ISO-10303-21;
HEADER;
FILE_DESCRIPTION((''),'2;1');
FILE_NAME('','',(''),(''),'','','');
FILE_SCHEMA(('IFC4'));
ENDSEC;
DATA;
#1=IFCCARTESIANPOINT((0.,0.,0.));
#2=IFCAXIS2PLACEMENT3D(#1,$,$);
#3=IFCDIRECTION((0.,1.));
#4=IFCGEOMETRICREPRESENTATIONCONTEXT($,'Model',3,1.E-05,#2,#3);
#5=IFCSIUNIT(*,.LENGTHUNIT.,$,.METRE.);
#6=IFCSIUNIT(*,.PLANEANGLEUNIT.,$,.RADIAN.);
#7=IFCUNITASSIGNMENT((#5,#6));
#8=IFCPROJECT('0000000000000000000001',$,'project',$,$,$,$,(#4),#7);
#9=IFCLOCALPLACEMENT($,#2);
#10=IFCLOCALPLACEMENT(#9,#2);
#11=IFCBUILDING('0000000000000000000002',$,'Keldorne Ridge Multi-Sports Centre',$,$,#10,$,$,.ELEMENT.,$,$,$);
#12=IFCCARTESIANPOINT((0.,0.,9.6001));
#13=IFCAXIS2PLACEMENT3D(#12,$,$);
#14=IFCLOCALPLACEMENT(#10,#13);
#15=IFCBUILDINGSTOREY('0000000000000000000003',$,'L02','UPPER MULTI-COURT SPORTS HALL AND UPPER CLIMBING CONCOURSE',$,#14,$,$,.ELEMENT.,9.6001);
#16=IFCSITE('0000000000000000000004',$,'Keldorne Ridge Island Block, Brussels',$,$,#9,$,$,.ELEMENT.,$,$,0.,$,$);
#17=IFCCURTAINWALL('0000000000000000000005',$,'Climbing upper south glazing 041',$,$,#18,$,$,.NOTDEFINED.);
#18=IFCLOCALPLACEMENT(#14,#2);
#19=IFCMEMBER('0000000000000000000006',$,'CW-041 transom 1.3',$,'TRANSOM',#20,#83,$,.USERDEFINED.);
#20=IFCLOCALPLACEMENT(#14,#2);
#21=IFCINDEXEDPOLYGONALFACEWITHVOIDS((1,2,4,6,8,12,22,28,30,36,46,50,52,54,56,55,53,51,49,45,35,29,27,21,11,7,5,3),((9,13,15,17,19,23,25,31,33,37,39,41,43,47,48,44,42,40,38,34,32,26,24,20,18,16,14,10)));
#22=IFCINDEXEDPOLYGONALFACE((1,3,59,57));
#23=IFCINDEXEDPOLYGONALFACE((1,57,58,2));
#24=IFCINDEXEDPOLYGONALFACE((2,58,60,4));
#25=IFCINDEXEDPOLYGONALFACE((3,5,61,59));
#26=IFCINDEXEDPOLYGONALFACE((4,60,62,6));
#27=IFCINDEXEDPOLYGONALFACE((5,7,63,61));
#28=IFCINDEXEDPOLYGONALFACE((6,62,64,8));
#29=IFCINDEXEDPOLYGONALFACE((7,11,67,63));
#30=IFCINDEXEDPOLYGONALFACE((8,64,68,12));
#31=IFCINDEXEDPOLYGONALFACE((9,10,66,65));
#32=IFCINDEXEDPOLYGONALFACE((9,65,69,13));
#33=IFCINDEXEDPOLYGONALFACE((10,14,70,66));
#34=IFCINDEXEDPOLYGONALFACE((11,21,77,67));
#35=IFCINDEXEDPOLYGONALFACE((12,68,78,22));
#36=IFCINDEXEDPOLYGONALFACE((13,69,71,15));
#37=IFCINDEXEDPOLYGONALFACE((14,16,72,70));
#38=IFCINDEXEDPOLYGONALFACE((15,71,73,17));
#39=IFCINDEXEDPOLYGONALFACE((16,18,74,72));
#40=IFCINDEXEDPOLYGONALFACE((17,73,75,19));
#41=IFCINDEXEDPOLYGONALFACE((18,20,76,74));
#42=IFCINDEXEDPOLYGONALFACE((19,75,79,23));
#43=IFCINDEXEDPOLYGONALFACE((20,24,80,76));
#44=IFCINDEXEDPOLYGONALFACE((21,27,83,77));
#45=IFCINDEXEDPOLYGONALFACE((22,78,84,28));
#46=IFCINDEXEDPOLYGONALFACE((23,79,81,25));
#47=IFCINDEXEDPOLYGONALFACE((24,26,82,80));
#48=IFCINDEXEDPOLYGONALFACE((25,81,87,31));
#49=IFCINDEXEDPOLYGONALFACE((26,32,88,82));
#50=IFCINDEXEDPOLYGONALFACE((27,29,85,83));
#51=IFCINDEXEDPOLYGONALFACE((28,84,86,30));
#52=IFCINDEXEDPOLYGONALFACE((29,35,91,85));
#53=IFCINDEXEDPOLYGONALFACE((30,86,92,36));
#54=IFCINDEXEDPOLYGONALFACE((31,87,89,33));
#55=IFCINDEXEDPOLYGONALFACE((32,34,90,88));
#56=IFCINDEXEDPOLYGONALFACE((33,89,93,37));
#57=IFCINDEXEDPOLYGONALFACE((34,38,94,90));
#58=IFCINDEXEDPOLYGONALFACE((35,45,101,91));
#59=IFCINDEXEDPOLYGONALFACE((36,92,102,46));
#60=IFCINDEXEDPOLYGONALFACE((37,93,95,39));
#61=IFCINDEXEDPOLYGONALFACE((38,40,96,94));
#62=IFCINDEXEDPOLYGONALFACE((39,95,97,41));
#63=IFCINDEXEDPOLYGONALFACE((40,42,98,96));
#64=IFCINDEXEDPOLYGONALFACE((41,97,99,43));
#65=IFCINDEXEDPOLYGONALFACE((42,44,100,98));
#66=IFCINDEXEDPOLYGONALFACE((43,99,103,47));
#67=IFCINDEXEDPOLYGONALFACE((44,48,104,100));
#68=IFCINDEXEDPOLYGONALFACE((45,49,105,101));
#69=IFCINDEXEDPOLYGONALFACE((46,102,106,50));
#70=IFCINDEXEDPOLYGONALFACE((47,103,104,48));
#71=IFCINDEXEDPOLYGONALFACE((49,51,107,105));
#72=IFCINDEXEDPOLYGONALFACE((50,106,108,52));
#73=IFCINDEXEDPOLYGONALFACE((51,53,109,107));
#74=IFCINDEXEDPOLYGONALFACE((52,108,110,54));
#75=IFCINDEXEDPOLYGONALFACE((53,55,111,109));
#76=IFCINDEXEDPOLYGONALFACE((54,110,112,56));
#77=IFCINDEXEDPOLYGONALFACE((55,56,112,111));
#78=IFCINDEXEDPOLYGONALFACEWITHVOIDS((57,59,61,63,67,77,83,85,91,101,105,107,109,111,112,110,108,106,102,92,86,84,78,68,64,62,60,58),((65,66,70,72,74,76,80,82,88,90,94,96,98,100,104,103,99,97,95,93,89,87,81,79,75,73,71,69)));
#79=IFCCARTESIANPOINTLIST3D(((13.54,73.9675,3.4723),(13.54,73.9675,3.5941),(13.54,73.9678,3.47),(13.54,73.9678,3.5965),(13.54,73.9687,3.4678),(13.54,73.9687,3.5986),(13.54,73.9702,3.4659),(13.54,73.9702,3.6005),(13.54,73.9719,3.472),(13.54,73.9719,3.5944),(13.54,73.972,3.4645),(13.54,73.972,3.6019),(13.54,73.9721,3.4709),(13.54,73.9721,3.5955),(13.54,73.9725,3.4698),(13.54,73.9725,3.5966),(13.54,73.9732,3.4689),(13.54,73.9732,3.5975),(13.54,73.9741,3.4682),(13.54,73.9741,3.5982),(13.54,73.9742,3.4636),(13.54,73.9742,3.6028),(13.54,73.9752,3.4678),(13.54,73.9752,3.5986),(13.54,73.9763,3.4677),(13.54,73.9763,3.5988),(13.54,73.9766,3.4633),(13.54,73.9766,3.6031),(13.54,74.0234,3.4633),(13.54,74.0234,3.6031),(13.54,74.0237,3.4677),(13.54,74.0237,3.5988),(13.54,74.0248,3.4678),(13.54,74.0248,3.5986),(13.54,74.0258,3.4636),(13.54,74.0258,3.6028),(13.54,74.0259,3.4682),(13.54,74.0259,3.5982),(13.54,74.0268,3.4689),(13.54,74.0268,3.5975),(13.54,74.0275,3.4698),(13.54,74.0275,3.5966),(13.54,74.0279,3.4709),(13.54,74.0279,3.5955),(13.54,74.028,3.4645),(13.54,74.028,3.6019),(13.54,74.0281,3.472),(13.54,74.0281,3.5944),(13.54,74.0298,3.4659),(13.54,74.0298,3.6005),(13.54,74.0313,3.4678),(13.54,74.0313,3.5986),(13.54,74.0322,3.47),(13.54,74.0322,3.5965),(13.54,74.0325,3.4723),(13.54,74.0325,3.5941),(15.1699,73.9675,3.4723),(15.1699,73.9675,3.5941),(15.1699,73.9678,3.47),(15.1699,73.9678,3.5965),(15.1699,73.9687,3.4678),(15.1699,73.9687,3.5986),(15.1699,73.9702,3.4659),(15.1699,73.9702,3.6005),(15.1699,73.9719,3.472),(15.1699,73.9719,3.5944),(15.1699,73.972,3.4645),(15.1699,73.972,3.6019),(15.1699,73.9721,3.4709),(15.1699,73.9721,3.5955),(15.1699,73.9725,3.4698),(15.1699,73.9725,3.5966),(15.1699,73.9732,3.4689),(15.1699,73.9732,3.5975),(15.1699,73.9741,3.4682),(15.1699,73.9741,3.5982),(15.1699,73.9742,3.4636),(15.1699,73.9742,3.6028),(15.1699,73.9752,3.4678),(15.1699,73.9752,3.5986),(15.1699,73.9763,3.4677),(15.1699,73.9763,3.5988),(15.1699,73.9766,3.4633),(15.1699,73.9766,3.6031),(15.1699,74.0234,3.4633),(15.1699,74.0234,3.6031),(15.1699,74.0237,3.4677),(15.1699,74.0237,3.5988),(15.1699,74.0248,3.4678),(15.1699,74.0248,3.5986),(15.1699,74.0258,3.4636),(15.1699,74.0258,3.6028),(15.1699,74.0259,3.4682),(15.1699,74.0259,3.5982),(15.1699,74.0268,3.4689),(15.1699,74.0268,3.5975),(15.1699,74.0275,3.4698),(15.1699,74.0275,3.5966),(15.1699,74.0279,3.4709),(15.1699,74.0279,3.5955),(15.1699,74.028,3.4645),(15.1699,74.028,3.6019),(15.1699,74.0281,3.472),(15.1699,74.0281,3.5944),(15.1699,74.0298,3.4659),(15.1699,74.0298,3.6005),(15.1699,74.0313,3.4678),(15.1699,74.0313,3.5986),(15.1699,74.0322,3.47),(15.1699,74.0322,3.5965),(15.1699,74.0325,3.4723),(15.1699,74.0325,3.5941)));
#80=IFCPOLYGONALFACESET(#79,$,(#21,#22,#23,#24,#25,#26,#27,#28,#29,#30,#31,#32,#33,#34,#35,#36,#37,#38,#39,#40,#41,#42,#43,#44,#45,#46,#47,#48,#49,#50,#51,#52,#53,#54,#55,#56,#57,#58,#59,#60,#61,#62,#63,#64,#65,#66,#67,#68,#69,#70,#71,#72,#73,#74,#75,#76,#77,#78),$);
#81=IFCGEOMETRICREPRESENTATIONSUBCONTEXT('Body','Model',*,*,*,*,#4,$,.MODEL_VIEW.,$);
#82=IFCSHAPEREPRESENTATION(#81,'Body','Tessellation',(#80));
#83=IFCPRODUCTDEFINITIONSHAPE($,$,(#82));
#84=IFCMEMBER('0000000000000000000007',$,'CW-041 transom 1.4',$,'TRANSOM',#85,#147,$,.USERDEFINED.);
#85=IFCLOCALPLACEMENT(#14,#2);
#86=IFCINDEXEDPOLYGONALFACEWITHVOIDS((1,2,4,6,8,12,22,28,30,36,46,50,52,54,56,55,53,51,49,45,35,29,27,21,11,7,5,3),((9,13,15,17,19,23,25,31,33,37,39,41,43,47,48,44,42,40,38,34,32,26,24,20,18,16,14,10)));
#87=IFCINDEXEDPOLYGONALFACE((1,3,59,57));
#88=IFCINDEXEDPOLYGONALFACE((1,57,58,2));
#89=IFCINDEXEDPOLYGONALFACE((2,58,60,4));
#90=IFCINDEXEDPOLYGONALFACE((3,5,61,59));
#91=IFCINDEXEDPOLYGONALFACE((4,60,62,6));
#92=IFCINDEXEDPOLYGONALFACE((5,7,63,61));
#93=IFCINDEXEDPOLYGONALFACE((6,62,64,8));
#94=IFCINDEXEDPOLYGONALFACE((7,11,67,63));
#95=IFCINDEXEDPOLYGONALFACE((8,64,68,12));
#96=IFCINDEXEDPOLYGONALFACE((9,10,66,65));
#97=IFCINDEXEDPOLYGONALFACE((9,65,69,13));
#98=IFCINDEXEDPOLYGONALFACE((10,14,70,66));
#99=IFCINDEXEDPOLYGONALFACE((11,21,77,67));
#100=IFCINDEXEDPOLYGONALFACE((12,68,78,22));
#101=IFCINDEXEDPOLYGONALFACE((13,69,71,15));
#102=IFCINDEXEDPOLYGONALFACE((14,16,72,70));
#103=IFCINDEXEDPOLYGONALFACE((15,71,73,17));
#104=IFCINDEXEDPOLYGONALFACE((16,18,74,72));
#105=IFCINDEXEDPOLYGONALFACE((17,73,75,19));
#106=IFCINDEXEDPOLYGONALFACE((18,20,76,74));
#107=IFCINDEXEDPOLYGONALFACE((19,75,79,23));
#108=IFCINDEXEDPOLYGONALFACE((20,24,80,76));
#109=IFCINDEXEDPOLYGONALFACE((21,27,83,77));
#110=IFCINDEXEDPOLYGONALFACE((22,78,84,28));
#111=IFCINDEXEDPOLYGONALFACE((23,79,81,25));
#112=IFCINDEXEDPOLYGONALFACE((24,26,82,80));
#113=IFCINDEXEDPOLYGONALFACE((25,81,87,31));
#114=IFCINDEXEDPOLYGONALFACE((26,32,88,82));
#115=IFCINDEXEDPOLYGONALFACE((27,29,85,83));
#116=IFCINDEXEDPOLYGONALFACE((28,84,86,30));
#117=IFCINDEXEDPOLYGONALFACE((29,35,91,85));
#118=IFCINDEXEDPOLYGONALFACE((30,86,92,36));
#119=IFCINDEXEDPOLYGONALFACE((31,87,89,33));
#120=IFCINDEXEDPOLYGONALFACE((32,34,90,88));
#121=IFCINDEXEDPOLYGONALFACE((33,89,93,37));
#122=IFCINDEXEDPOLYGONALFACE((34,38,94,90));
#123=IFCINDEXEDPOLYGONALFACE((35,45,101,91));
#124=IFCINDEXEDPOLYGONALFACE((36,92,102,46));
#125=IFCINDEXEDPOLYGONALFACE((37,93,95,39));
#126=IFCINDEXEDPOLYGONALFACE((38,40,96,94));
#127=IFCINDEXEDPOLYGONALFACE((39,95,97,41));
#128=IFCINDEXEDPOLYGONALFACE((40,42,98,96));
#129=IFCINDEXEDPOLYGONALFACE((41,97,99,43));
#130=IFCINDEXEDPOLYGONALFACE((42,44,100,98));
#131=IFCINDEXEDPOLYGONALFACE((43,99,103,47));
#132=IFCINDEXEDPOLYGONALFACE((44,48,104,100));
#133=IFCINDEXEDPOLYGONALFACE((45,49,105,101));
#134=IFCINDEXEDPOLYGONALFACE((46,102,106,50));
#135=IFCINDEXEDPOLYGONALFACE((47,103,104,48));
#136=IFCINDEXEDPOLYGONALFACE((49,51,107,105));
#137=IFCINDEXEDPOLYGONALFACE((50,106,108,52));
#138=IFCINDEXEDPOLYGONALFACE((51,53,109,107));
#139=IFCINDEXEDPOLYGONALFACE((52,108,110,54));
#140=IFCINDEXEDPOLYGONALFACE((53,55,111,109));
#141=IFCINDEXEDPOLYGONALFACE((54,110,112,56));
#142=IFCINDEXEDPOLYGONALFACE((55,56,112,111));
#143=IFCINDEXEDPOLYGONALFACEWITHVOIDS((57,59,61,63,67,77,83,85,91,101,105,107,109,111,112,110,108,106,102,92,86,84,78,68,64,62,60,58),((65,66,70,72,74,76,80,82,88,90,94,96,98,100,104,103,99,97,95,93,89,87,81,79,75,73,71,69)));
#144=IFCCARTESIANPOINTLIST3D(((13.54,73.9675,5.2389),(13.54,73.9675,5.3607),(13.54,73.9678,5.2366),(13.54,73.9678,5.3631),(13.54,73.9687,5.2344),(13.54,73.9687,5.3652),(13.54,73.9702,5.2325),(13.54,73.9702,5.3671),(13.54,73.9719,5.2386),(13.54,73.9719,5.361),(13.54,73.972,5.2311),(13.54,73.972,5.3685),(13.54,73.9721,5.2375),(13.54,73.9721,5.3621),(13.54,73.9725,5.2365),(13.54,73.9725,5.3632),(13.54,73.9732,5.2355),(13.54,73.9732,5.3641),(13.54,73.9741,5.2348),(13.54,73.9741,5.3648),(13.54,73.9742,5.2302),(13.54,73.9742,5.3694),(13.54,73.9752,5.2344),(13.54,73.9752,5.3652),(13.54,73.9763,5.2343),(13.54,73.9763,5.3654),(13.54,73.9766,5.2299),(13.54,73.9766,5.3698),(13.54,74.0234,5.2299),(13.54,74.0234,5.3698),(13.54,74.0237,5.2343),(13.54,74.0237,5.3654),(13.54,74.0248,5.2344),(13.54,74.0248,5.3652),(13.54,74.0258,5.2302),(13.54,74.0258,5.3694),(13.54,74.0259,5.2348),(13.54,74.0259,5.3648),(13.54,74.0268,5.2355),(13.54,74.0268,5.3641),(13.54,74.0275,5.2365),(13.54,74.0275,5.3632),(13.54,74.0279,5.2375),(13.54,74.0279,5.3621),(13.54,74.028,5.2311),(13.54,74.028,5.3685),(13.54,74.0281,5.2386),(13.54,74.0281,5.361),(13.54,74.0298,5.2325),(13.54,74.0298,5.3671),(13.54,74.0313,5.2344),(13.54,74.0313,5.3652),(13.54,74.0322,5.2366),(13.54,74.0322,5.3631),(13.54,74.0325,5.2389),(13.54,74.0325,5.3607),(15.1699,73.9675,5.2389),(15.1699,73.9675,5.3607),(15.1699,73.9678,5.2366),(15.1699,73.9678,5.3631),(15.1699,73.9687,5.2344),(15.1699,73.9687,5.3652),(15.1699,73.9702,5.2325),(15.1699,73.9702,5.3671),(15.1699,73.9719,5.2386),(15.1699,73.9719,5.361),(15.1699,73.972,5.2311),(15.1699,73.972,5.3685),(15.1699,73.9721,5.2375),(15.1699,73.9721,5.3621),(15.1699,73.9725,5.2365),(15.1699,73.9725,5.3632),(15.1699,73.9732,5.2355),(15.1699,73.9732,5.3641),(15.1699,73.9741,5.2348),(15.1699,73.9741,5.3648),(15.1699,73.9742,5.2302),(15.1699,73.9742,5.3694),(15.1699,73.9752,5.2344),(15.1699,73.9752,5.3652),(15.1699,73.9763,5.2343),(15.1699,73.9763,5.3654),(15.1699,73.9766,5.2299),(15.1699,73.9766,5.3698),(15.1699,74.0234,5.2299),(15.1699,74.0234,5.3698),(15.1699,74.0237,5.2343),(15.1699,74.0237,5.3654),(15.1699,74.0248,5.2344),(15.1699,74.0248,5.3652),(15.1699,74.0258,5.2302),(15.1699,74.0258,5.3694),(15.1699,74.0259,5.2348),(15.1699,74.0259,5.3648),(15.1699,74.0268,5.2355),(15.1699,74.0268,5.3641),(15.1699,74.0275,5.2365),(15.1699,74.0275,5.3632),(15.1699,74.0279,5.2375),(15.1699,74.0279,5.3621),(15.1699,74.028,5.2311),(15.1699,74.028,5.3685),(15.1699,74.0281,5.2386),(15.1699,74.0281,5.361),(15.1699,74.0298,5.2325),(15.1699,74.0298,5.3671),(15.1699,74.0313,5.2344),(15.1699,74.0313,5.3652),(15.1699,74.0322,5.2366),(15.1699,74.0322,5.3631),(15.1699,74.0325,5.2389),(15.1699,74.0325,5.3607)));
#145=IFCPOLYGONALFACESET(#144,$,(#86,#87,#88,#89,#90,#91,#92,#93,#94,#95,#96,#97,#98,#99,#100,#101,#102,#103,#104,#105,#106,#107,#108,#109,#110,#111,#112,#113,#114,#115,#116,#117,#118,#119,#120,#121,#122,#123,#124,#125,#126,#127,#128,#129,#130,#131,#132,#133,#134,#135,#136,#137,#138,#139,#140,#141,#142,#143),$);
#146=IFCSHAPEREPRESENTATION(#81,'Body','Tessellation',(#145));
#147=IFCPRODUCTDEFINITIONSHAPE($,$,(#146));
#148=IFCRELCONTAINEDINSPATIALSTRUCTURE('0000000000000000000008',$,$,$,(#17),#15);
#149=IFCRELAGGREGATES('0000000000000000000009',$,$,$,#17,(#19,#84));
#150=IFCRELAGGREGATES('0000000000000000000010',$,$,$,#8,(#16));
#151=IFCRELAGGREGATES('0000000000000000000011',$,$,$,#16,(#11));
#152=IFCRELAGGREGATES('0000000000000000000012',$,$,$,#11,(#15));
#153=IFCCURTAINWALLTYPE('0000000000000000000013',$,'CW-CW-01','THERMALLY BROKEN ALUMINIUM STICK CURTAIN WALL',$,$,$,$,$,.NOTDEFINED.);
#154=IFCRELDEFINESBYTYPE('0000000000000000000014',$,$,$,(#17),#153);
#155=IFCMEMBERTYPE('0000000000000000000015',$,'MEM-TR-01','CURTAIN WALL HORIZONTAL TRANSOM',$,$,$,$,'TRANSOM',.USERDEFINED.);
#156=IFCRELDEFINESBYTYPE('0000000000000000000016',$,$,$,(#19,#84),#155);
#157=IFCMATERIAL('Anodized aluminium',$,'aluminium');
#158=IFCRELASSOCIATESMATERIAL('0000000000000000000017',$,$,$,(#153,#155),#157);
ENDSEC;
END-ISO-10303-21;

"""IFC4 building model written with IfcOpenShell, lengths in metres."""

from ifc_helpers import new_model, si_unit, direction, frame, origin, origin_2d, place, context, subcontext, project, spatial, hollow_rectangle, extrude, material, material_profile, profile_set, type_object, element, aggregate, save


model = new_model("IFC4")

# Units and contexts
model_context = context("Model", 3, precision=1e-05, world=origin(), true_north=direction((0.0, 1.0)))
body_context = subcontext(model_context, "Body", "Model", "MODEL_VIEW")
ifc_project = project(units=[si_unit("LENGTHUNIT", "METRE"), si_unit("PLANEANGLEUNIT", "RADIAN")], contexts=[model_context])

# Site, building, storey
site_placement = place(None, origin())
site = spatial("IfcSite", under=ifc_project, at=site_placement, Name="Keldorne Ridge Island Block, Brussels", CompositionType="ELEMENT", RefElevation=0.0)
building_placement = place(site_placement, origin())
building = spatial("IfcBuilding", under=site, at=building_placement, Name="Keldorne Ridge Multi-Sports Centre", CompositionType="ELEMENT")
storey_placement = place(building_placement, frame((0.0, 0.0, 9.6001)))
storey = spatial("IfcBuildingStorey", under=building, at=storey_placement, Name="L02", Description="UPPER MULTI-COURT SPORTS HALL AND UPPER CLIMBING CONCOURSE", CompositionType="ELEMENT", Elevation=9.6001)

# Shared definitions
ifc_material_1 = material(Name="Anodized aluminium", Category="aluminium")

# Curtain wall
curtain_wall_type_1 = type_object("IfcCurtainWallType", Name="CW-CW-01", Description="THERMALLY BROKEN ALUMINIUM STICK CURTAIN WALL", PredefinedType="NOTDEFINED", material=ifc_material_1)
curtain_wall_1_placement = place(storey_placement, origin())
curtain_wall_1 = element("IfcCurtainWall", 1, at=curtain_wall_1_placement, inside=storey, type_object=curtain_wall_type_1, Name="Climbing upper south glazing 041", PredefinedType="NOTDEFINED")

# Members
ifc_material_profile_1 = material_profile(ifc_material_1, hollow_rectangle(XDim=0.0649, YDim=0.1399, WallThickness=0.0044, InnerFilletRadius=0.0044, OuterFilletRadius=0.009, at=origin_2d()), Name="ALU TRANSOM 140x65x4.5")
ifc_profile_set_1 = profile_set([ifc_material_profile_1], Name="Anodized aluminium")
member_type_1 = type_object("IfcMemberType", Name="MEM-TR-01", Description="CURTAIN WALL HORIZONTAL TRANSOM", ElementType="TRANSOM", PredefinedType="USERDEFINED", material=ifc_profile_set_1)
member_1_placement = place(storey_placement, frame((13.54, 74.0, 3.5332), z_axis=(1.0, 0.0, 0.0), x_axis=(0.0, 1.0, 0.0)))
member_1 = element("IfcMember", 2, at=member_1_placement, type_object=member_type_1, Name="CW-041 transom 1.3", ObjectType="TRANSOM", PredefinedType="USERDEFINED", context=body_context, shape_type="SweptSolid", body=[
    extrude(hollow_rectangle(XDim=0.0649, YDim=0.1399, WallThickness=0.0044, InnerFilletRadius=0.0044, OuterFilletRadius=0.009, at=origin_2d()), origin(), (0.0, 0.0, 1.0), 1.6299),
])
member_2_placement = place(storey_placement, frame((13.54, 74.0, 5.2998), z_axis=(1.0, 0.0, 0.0), x_axis=(0.0, 1.0, 0.0)))
member_2 = element("IfcMember", 3, at=member_2_placement, type_object=member_type_1, Name="CW-041 transom 1.4", ObjectType="TRANSOM", PredefinedType="USERDEFINED", context=body_context, shape_type="SweptSolid", body=[
    extrude(hollow_rectangle(XDim=0.0649, YDim=0.1399, WallThickness=0.0044, InnerFilletRadius=0.0044, OuterFilletRadius=0.009, at=origin_2d()), origin(), (0.0, 0.0, 1.0), 1.6299),
])

aggregate(curtain_wall_1, [member_1, member_2])

save(model, "model.ifc")
